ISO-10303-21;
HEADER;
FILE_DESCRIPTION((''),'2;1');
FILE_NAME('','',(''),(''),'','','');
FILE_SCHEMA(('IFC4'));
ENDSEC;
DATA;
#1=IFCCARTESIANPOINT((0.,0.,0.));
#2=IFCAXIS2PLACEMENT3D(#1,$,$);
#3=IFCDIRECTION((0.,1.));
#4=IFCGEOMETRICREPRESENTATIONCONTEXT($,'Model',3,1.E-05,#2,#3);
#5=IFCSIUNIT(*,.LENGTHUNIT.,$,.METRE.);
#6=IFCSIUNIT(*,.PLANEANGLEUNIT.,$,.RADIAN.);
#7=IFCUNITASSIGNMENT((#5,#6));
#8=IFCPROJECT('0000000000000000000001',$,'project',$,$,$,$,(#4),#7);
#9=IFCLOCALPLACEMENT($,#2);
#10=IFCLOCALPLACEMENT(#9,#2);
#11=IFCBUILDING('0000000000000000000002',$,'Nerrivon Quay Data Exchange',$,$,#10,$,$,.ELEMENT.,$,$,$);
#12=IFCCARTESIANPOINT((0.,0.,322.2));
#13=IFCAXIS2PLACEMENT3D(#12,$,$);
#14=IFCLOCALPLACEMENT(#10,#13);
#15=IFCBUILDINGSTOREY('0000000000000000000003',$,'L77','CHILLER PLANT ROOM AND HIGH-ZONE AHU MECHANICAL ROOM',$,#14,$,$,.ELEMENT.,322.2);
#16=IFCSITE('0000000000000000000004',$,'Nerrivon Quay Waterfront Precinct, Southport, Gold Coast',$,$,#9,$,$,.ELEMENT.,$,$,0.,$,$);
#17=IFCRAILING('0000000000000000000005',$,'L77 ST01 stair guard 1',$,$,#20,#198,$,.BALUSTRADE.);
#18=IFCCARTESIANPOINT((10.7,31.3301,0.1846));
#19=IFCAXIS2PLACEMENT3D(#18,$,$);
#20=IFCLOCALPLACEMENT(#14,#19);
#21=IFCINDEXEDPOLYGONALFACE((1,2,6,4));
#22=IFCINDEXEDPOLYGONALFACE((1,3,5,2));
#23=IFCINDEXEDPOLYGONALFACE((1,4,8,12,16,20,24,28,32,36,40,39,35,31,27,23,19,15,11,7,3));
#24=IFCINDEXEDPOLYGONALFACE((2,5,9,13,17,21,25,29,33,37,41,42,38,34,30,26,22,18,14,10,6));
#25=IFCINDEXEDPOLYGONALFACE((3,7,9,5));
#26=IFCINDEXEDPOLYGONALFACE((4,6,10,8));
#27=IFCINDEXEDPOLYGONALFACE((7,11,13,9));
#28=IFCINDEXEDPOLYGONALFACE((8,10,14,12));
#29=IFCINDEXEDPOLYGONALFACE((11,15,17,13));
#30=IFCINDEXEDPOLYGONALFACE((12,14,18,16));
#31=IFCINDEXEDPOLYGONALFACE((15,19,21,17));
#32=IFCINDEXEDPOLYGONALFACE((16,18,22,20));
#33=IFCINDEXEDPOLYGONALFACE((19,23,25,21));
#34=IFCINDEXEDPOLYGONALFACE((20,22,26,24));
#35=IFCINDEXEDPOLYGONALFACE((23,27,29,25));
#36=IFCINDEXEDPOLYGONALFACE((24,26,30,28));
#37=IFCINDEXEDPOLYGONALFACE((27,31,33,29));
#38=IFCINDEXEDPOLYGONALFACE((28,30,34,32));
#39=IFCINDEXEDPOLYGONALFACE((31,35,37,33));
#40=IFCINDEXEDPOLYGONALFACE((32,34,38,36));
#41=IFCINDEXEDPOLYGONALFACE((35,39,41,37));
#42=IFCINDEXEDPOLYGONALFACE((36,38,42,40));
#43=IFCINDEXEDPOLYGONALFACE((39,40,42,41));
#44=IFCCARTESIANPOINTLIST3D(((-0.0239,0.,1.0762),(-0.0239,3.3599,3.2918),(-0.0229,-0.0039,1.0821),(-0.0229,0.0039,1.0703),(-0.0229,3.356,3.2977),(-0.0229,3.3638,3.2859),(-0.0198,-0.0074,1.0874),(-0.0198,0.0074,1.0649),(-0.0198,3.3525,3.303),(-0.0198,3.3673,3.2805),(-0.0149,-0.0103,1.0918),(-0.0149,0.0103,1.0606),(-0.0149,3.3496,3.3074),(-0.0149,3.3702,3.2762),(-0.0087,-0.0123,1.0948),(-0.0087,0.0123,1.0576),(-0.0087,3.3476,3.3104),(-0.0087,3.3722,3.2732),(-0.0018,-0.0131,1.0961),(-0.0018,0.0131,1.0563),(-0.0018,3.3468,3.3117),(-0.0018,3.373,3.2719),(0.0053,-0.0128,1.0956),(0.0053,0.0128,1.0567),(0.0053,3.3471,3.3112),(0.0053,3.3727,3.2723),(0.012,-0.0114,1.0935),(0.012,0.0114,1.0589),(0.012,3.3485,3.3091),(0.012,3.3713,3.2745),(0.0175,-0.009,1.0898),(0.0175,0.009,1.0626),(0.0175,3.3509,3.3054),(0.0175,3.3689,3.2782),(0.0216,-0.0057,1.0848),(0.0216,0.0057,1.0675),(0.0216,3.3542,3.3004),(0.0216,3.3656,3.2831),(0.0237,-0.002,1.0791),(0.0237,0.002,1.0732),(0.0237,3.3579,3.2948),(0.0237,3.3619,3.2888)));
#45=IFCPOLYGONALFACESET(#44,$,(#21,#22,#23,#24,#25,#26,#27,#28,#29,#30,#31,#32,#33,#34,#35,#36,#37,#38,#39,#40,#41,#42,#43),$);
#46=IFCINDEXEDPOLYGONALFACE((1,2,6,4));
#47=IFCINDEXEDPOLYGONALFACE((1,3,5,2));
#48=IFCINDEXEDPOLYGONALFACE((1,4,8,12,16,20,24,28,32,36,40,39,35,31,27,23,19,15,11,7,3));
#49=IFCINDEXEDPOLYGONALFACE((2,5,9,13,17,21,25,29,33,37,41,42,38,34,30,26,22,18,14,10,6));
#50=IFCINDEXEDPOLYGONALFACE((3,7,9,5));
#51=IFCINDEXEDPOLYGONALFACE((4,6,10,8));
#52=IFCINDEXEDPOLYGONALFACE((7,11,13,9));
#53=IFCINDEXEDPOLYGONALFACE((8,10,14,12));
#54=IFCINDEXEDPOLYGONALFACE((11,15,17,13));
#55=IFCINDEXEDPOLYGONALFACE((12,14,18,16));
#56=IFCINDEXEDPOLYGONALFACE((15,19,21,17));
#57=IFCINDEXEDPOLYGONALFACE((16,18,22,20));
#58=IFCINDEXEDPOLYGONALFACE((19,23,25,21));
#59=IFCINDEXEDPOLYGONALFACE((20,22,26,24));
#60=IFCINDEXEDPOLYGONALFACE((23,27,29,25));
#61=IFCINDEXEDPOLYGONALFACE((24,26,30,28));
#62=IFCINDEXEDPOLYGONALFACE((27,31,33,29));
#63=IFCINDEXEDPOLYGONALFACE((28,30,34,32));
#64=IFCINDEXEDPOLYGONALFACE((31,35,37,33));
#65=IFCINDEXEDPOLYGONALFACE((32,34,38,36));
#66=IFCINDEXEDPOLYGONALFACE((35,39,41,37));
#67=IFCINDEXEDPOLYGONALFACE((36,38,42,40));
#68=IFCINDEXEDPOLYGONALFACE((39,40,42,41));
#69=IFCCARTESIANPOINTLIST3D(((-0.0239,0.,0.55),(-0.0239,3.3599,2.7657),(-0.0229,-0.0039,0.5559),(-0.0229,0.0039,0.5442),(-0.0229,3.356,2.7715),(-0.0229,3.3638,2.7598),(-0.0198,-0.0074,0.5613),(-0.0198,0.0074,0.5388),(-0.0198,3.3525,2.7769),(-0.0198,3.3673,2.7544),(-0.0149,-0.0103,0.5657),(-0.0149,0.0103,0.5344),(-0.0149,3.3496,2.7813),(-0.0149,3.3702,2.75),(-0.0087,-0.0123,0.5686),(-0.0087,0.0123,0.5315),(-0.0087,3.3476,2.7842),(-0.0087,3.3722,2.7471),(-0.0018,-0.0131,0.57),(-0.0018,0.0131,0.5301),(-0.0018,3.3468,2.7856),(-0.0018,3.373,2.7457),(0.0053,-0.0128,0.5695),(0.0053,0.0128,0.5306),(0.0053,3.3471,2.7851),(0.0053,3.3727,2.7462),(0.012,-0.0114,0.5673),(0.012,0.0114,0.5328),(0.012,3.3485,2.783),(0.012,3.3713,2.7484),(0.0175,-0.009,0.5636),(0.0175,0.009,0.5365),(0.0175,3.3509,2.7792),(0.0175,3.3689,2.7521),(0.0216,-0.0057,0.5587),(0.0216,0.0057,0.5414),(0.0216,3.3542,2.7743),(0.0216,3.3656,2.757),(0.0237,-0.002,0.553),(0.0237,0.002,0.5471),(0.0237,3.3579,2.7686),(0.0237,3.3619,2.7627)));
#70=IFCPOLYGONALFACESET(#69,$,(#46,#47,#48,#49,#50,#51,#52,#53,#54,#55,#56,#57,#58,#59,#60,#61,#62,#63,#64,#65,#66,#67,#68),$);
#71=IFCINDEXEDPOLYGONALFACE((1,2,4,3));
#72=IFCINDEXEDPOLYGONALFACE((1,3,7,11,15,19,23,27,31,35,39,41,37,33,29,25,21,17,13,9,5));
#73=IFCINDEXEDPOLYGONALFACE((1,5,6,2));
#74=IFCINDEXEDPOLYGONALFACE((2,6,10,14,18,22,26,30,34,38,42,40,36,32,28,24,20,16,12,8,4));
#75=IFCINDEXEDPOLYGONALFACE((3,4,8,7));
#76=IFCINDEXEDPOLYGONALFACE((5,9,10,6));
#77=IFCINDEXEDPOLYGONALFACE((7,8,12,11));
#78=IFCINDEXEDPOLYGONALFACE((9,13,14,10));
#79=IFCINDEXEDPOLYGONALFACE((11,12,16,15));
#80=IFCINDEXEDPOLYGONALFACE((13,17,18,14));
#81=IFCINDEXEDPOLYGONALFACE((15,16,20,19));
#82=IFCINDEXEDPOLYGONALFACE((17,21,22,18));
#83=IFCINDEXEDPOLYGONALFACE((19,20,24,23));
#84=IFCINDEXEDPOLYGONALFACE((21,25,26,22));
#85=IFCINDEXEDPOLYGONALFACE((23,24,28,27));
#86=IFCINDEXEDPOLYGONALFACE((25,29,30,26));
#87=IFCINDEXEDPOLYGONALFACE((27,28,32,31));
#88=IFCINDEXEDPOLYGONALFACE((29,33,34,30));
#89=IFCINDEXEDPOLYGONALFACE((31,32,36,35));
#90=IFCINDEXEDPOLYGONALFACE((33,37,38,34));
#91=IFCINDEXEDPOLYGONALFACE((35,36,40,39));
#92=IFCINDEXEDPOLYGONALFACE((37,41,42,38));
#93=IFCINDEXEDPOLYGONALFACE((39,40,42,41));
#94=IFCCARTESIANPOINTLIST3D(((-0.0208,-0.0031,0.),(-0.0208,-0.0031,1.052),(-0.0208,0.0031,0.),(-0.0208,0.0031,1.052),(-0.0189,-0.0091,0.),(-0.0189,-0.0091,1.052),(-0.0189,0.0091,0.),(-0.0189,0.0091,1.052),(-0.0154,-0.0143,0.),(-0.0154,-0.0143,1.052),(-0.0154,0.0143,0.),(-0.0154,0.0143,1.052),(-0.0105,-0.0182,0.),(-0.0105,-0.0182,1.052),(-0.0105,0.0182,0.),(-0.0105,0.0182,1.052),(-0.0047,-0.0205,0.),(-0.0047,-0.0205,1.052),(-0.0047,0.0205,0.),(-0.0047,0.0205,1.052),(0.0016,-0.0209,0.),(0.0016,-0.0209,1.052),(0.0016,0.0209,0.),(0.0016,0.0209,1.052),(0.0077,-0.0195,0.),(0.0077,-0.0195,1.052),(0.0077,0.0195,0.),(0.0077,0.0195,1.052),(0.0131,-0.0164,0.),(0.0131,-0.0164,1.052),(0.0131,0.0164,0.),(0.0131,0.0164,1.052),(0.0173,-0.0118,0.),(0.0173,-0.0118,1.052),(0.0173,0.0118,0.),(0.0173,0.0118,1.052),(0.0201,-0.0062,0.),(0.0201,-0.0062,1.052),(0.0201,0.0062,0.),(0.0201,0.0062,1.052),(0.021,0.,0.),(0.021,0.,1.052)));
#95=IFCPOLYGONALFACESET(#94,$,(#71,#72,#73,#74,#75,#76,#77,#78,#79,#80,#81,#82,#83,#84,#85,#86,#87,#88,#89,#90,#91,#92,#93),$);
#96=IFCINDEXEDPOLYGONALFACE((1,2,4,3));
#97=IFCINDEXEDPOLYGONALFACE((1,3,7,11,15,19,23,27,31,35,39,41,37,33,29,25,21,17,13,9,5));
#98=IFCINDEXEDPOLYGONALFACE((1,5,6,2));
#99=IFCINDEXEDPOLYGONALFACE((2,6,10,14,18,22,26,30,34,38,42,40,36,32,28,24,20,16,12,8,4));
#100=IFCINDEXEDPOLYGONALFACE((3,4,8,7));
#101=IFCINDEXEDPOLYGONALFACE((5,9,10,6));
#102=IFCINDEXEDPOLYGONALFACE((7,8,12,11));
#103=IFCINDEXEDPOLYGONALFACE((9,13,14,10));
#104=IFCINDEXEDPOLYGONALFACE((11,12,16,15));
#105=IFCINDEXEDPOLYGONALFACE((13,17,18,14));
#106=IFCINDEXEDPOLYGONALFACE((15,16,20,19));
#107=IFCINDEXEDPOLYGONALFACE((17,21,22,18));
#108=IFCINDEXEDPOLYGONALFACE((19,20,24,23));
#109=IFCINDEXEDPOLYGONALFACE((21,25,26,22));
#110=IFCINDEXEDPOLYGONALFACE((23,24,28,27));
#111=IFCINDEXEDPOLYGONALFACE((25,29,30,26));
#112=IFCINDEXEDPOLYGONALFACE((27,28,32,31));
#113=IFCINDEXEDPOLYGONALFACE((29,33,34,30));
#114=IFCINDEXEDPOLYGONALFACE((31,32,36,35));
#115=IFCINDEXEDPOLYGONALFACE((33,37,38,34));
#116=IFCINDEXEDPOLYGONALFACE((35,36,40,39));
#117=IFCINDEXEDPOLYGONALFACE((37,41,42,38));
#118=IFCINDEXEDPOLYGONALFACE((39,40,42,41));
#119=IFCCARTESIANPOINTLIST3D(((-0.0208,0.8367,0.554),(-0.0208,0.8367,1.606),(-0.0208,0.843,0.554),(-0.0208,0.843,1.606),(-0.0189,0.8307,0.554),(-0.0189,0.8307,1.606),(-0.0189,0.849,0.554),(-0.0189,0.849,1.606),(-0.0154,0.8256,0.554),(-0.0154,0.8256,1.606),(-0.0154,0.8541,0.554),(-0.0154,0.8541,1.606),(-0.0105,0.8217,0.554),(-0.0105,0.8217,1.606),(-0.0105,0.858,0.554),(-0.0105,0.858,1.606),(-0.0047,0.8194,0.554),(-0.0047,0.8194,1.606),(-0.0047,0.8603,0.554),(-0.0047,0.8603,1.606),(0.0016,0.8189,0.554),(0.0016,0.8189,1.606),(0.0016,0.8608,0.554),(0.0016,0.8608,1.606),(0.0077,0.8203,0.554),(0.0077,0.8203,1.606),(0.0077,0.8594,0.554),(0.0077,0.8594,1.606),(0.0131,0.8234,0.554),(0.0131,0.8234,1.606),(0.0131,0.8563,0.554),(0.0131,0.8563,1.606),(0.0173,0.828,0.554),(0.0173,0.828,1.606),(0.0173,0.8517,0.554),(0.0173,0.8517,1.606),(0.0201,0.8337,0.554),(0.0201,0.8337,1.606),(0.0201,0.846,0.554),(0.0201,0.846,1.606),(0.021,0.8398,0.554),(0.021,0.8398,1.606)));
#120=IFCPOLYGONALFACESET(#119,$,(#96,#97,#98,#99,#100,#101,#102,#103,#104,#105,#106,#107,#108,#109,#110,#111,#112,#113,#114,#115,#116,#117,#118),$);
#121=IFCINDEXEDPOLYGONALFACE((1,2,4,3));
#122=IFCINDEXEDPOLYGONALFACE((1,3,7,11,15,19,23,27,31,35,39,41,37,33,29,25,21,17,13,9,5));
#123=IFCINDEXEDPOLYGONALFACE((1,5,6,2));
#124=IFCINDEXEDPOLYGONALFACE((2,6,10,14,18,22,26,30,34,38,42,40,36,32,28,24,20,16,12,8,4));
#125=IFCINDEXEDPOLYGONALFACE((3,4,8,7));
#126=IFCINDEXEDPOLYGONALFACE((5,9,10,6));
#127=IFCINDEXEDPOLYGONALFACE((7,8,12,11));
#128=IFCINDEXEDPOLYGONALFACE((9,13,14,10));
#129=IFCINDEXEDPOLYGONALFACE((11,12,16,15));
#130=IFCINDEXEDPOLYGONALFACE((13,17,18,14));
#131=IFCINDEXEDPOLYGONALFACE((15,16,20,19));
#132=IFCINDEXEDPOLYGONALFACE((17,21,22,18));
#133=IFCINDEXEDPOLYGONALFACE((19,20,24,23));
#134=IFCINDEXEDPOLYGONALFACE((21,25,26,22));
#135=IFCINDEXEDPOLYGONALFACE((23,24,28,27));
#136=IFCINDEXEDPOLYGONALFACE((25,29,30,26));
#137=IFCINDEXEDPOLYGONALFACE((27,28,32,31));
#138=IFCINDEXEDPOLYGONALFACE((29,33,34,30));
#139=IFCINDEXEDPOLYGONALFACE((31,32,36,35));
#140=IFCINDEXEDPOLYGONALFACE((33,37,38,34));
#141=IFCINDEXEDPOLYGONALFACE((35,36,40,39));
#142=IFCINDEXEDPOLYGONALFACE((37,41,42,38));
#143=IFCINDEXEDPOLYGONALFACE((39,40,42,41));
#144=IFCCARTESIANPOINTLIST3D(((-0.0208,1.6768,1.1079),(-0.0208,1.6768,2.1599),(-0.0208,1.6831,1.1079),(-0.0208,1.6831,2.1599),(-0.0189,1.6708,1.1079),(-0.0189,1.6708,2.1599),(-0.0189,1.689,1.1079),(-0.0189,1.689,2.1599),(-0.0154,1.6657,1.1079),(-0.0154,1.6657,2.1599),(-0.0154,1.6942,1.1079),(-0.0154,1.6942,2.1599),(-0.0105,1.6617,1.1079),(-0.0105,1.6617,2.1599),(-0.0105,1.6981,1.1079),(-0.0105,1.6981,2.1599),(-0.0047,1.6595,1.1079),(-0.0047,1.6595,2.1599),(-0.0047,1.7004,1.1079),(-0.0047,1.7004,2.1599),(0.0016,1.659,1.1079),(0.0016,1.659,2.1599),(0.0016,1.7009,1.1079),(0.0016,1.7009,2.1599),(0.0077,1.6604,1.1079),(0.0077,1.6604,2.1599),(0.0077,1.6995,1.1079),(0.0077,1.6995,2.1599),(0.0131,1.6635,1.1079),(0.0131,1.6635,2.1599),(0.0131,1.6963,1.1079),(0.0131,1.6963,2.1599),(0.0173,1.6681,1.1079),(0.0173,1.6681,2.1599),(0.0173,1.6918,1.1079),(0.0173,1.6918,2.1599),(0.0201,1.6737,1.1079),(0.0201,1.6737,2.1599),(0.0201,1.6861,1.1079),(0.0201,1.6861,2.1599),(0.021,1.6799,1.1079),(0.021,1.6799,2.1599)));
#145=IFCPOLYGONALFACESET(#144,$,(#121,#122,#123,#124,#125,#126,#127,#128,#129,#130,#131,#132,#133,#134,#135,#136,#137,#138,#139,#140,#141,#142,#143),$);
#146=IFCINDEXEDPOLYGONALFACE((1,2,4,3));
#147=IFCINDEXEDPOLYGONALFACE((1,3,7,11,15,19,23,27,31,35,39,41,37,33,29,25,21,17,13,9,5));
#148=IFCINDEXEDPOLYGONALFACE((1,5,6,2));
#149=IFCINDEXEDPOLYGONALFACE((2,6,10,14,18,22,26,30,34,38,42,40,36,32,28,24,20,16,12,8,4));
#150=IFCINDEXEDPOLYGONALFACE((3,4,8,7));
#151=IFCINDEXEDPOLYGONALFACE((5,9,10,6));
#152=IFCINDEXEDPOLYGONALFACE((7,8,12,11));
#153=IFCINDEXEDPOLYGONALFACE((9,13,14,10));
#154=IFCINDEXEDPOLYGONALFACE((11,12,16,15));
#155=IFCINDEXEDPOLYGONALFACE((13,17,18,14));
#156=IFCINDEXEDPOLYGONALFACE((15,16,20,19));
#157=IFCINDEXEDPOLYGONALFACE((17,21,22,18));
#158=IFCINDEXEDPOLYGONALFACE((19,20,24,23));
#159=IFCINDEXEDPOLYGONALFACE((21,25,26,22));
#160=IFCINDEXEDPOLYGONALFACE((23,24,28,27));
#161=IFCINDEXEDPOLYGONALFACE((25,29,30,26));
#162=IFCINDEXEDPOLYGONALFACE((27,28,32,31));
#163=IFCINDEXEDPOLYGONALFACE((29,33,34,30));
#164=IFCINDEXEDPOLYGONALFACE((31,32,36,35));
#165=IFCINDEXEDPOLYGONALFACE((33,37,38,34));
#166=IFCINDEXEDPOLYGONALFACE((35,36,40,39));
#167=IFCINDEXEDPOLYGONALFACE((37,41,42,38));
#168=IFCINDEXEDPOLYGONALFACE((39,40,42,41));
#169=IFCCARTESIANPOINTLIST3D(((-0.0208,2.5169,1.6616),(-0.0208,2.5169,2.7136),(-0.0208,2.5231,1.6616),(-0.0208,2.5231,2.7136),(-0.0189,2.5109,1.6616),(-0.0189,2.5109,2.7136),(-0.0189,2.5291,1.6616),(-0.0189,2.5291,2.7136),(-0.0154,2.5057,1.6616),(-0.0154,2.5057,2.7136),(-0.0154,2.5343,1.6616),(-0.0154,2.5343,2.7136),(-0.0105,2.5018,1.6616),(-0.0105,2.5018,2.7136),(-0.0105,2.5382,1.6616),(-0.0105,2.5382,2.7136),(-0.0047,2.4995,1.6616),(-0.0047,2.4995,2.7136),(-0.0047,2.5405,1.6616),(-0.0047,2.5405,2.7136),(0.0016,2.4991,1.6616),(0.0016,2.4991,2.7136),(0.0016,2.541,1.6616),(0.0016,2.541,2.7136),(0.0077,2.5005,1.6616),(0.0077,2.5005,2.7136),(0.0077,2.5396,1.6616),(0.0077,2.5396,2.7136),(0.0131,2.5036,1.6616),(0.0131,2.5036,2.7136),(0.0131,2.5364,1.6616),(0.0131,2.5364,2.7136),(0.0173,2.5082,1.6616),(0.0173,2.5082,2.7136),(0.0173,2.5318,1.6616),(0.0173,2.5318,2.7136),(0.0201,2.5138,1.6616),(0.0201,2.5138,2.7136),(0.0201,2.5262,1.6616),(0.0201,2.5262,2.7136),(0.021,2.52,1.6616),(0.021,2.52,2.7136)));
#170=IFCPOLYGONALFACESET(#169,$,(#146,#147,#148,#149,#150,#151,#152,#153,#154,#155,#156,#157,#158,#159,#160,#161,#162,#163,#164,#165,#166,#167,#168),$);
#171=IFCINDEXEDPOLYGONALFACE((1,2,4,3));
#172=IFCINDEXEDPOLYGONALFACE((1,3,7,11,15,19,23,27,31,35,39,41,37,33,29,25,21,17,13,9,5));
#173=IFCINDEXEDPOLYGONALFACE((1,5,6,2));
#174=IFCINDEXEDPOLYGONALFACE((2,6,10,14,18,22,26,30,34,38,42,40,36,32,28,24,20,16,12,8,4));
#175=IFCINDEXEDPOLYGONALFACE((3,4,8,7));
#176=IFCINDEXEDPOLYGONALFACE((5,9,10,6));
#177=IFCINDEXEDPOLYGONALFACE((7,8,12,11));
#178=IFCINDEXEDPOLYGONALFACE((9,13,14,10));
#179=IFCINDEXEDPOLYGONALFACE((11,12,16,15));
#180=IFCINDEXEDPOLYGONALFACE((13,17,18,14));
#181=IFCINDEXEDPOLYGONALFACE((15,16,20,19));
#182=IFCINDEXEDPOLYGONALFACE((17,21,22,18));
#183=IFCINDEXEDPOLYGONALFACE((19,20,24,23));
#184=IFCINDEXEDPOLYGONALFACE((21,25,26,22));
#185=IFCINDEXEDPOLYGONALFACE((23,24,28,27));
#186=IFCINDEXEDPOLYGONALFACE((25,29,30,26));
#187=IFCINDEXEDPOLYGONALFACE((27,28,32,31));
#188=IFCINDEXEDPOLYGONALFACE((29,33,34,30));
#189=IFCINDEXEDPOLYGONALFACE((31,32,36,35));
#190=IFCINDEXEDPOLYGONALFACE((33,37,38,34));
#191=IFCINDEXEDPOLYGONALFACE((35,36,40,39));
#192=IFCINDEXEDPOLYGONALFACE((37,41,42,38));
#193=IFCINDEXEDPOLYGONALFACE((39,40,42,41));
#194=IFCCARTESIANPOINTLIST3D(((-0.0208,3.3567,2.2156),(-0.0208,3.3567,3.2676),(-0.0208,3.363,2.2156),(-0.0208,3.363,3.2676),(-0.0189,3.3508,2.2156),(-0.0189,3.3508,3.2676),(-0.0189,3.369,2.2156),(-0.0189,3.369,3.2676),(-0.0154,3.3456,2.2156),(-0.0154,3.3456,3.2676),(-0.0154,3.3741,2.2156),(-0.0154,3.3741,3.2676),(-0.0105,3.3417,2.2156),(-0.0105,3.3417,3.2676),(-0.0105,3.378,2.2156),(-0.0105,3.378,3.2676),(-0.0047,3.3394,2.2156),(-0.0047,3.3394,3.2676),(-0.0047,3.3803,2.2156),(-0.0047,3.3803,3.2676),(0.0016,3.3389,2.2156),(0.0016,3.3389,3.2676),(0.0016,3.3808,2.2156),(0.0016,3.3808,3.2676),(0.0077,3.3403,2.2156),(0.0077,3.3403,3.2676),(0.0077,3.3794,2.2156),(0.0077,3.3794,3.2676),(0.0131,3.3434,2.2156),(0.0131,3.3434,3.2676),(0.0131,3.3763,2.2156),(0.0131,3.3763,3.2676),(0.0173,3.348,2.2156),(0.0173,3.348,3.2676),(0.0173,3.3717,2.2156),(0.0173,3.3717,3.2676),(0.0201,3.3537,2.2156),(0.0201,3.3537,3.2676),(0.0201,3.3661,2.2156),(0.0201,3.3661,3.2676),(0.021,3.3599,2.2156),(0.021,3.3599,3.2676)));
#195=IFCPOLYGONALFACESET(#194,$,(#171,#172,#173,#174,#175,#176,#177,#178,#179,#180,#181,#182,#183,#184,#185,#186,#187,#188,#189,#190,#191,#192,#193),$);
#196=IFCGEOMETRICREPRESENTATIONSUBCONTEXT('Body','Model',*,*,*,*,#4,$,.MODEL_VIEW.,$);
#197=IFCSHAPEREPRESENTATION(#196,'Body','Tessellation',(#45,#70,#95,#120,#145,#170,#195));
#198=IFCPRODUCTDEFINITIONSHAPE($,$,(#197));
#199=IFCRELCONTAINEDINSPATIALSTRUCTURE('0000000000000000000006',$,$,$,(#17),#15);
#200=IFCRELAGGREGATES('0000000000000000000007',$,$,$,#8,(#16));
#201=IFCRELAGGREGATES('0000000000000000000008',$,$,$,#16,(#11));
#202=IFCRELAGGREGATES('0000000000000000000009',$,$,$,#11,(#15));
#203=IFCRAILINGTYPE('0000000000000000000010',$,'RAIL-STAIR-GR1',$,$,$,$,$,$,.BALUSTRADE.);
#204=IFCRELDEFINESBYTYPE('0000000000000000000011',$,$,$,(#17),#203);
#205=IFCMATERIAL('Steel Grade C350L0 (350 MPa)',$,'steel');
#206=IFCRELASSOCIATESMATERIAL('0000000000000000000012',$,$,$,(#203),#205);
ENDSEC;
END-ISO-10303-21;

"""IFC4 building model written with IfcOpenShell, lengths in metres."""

from ifc_helpers import new_model, si_unit, direction, frame, origin, origin_2d, place, context, subcontext, project, spatial, circle, extrude, material, type_object, element, save


model = new_model("IFC4")

# Units and contexts
model_context = context("Model", 3, precision=1e-05, world=origin(), true_north=direction((0.0, 1.0)))
body_context = subcontext(model_context, "Body", "Model", "MODEL_VIEW")
ifc_project = project(units=[si_unit("LENGTHUNIT", "METRE"), si_unit("PLANEANGLEUNIT", "RADIAN")], contexts=[model_context])

# Site, building, storey
site_placement = place(None, origin())
site = spatial("IfcSite", under=ifc_project, at=site_placement, Name="Nerrivon Quay Waterfront Precinct, Southport, Gold Coast", CompositionType="ELEMENT", RefElevation=0.0)
building_placement = place(site_placement, origin())
building = spatial("IfcBuilding", under=site, at=building_placement, Name="Nerrivon Quay Data Exchange", CompositionType="ELEMENT")
storey_placement = place(building_placement, frame((0.0, 0.0, 322.2)))
storey = spatial("IfcBuildingStorey", under=building, at=storey_placement, Name="L77", Description="CHILLER PLANT ROOM AND HIGH-ZONE AHU MECHANICAL ROOM", CompositionType="ELEMENT", Elevation=322.2)

# Railing
ifc_material_1 = material(Name="Steel Grade C350L0 (350 MPa)", Category="steel")
railing_type = type_object("IfcRailingType", Name="RAIL-STAIR-GR1", PredefinedType="BALUSTRADE", material=ifc_material_1)
railing_1_placement = place(storey_placement, frame((10.7, 31.3301, 0.1846)))
element("IfcRailing", 1, at=railing_1_placement, inside=storey, type_object=railing_type, Name="L77 ST01 stair guard 1", PredefinedType="BALUSTRADE", context=body_context, shape_type="SweptSolid", body=[
    extrude(circle(Radius=0.0239, at=origin_2d()), frame((0.0, 0.0, 1.0762), z_axis=(0.0, 0.83483, 0.550508), x_axis=(-1.0, 0.0, 0.0)), (0.0, 0.0, 1.0), 4.0247),
    extrude(circle(Radius=0.0239, at=origin_2d()), frame((0.0, 0.0, 0.55), z_axis=(0.0, 0.83483, 0.550508), x_axis=(-1.0, 0.0, 0.0)), (0.0, 0.0, 1.0), 4.0247),
    extrude(circle(Radius=0.021, at=origin_2d()), origin(), (0.0, 0.0, 1.0), 1.052),
    extrude(circle(Radius=0.021, at=origin_2d()), frame((0.0, 0.8398, 0.554)), (0.0, 0.0, 1.0), 1.052),
    extrude(circle(Radius=0.021, at=origin_2d()), frame((0.0, 1.6799, 1.1079)), (0.0, 0.0, 1.0), 1.052),
    extrude(circle(Radius=0.021, at=origin_2d()), frame((0.0, 2.52, 1.6616)), (0.0, 0.0, 1.0), 1.052),
    extrude(circle(Radius=0.021, at=origin_2d()), frame((0.0, 3.3599, 2.2156)), (0.0, 0.0, 1.0), 1.052),
])

save(model, "model.ifc")
